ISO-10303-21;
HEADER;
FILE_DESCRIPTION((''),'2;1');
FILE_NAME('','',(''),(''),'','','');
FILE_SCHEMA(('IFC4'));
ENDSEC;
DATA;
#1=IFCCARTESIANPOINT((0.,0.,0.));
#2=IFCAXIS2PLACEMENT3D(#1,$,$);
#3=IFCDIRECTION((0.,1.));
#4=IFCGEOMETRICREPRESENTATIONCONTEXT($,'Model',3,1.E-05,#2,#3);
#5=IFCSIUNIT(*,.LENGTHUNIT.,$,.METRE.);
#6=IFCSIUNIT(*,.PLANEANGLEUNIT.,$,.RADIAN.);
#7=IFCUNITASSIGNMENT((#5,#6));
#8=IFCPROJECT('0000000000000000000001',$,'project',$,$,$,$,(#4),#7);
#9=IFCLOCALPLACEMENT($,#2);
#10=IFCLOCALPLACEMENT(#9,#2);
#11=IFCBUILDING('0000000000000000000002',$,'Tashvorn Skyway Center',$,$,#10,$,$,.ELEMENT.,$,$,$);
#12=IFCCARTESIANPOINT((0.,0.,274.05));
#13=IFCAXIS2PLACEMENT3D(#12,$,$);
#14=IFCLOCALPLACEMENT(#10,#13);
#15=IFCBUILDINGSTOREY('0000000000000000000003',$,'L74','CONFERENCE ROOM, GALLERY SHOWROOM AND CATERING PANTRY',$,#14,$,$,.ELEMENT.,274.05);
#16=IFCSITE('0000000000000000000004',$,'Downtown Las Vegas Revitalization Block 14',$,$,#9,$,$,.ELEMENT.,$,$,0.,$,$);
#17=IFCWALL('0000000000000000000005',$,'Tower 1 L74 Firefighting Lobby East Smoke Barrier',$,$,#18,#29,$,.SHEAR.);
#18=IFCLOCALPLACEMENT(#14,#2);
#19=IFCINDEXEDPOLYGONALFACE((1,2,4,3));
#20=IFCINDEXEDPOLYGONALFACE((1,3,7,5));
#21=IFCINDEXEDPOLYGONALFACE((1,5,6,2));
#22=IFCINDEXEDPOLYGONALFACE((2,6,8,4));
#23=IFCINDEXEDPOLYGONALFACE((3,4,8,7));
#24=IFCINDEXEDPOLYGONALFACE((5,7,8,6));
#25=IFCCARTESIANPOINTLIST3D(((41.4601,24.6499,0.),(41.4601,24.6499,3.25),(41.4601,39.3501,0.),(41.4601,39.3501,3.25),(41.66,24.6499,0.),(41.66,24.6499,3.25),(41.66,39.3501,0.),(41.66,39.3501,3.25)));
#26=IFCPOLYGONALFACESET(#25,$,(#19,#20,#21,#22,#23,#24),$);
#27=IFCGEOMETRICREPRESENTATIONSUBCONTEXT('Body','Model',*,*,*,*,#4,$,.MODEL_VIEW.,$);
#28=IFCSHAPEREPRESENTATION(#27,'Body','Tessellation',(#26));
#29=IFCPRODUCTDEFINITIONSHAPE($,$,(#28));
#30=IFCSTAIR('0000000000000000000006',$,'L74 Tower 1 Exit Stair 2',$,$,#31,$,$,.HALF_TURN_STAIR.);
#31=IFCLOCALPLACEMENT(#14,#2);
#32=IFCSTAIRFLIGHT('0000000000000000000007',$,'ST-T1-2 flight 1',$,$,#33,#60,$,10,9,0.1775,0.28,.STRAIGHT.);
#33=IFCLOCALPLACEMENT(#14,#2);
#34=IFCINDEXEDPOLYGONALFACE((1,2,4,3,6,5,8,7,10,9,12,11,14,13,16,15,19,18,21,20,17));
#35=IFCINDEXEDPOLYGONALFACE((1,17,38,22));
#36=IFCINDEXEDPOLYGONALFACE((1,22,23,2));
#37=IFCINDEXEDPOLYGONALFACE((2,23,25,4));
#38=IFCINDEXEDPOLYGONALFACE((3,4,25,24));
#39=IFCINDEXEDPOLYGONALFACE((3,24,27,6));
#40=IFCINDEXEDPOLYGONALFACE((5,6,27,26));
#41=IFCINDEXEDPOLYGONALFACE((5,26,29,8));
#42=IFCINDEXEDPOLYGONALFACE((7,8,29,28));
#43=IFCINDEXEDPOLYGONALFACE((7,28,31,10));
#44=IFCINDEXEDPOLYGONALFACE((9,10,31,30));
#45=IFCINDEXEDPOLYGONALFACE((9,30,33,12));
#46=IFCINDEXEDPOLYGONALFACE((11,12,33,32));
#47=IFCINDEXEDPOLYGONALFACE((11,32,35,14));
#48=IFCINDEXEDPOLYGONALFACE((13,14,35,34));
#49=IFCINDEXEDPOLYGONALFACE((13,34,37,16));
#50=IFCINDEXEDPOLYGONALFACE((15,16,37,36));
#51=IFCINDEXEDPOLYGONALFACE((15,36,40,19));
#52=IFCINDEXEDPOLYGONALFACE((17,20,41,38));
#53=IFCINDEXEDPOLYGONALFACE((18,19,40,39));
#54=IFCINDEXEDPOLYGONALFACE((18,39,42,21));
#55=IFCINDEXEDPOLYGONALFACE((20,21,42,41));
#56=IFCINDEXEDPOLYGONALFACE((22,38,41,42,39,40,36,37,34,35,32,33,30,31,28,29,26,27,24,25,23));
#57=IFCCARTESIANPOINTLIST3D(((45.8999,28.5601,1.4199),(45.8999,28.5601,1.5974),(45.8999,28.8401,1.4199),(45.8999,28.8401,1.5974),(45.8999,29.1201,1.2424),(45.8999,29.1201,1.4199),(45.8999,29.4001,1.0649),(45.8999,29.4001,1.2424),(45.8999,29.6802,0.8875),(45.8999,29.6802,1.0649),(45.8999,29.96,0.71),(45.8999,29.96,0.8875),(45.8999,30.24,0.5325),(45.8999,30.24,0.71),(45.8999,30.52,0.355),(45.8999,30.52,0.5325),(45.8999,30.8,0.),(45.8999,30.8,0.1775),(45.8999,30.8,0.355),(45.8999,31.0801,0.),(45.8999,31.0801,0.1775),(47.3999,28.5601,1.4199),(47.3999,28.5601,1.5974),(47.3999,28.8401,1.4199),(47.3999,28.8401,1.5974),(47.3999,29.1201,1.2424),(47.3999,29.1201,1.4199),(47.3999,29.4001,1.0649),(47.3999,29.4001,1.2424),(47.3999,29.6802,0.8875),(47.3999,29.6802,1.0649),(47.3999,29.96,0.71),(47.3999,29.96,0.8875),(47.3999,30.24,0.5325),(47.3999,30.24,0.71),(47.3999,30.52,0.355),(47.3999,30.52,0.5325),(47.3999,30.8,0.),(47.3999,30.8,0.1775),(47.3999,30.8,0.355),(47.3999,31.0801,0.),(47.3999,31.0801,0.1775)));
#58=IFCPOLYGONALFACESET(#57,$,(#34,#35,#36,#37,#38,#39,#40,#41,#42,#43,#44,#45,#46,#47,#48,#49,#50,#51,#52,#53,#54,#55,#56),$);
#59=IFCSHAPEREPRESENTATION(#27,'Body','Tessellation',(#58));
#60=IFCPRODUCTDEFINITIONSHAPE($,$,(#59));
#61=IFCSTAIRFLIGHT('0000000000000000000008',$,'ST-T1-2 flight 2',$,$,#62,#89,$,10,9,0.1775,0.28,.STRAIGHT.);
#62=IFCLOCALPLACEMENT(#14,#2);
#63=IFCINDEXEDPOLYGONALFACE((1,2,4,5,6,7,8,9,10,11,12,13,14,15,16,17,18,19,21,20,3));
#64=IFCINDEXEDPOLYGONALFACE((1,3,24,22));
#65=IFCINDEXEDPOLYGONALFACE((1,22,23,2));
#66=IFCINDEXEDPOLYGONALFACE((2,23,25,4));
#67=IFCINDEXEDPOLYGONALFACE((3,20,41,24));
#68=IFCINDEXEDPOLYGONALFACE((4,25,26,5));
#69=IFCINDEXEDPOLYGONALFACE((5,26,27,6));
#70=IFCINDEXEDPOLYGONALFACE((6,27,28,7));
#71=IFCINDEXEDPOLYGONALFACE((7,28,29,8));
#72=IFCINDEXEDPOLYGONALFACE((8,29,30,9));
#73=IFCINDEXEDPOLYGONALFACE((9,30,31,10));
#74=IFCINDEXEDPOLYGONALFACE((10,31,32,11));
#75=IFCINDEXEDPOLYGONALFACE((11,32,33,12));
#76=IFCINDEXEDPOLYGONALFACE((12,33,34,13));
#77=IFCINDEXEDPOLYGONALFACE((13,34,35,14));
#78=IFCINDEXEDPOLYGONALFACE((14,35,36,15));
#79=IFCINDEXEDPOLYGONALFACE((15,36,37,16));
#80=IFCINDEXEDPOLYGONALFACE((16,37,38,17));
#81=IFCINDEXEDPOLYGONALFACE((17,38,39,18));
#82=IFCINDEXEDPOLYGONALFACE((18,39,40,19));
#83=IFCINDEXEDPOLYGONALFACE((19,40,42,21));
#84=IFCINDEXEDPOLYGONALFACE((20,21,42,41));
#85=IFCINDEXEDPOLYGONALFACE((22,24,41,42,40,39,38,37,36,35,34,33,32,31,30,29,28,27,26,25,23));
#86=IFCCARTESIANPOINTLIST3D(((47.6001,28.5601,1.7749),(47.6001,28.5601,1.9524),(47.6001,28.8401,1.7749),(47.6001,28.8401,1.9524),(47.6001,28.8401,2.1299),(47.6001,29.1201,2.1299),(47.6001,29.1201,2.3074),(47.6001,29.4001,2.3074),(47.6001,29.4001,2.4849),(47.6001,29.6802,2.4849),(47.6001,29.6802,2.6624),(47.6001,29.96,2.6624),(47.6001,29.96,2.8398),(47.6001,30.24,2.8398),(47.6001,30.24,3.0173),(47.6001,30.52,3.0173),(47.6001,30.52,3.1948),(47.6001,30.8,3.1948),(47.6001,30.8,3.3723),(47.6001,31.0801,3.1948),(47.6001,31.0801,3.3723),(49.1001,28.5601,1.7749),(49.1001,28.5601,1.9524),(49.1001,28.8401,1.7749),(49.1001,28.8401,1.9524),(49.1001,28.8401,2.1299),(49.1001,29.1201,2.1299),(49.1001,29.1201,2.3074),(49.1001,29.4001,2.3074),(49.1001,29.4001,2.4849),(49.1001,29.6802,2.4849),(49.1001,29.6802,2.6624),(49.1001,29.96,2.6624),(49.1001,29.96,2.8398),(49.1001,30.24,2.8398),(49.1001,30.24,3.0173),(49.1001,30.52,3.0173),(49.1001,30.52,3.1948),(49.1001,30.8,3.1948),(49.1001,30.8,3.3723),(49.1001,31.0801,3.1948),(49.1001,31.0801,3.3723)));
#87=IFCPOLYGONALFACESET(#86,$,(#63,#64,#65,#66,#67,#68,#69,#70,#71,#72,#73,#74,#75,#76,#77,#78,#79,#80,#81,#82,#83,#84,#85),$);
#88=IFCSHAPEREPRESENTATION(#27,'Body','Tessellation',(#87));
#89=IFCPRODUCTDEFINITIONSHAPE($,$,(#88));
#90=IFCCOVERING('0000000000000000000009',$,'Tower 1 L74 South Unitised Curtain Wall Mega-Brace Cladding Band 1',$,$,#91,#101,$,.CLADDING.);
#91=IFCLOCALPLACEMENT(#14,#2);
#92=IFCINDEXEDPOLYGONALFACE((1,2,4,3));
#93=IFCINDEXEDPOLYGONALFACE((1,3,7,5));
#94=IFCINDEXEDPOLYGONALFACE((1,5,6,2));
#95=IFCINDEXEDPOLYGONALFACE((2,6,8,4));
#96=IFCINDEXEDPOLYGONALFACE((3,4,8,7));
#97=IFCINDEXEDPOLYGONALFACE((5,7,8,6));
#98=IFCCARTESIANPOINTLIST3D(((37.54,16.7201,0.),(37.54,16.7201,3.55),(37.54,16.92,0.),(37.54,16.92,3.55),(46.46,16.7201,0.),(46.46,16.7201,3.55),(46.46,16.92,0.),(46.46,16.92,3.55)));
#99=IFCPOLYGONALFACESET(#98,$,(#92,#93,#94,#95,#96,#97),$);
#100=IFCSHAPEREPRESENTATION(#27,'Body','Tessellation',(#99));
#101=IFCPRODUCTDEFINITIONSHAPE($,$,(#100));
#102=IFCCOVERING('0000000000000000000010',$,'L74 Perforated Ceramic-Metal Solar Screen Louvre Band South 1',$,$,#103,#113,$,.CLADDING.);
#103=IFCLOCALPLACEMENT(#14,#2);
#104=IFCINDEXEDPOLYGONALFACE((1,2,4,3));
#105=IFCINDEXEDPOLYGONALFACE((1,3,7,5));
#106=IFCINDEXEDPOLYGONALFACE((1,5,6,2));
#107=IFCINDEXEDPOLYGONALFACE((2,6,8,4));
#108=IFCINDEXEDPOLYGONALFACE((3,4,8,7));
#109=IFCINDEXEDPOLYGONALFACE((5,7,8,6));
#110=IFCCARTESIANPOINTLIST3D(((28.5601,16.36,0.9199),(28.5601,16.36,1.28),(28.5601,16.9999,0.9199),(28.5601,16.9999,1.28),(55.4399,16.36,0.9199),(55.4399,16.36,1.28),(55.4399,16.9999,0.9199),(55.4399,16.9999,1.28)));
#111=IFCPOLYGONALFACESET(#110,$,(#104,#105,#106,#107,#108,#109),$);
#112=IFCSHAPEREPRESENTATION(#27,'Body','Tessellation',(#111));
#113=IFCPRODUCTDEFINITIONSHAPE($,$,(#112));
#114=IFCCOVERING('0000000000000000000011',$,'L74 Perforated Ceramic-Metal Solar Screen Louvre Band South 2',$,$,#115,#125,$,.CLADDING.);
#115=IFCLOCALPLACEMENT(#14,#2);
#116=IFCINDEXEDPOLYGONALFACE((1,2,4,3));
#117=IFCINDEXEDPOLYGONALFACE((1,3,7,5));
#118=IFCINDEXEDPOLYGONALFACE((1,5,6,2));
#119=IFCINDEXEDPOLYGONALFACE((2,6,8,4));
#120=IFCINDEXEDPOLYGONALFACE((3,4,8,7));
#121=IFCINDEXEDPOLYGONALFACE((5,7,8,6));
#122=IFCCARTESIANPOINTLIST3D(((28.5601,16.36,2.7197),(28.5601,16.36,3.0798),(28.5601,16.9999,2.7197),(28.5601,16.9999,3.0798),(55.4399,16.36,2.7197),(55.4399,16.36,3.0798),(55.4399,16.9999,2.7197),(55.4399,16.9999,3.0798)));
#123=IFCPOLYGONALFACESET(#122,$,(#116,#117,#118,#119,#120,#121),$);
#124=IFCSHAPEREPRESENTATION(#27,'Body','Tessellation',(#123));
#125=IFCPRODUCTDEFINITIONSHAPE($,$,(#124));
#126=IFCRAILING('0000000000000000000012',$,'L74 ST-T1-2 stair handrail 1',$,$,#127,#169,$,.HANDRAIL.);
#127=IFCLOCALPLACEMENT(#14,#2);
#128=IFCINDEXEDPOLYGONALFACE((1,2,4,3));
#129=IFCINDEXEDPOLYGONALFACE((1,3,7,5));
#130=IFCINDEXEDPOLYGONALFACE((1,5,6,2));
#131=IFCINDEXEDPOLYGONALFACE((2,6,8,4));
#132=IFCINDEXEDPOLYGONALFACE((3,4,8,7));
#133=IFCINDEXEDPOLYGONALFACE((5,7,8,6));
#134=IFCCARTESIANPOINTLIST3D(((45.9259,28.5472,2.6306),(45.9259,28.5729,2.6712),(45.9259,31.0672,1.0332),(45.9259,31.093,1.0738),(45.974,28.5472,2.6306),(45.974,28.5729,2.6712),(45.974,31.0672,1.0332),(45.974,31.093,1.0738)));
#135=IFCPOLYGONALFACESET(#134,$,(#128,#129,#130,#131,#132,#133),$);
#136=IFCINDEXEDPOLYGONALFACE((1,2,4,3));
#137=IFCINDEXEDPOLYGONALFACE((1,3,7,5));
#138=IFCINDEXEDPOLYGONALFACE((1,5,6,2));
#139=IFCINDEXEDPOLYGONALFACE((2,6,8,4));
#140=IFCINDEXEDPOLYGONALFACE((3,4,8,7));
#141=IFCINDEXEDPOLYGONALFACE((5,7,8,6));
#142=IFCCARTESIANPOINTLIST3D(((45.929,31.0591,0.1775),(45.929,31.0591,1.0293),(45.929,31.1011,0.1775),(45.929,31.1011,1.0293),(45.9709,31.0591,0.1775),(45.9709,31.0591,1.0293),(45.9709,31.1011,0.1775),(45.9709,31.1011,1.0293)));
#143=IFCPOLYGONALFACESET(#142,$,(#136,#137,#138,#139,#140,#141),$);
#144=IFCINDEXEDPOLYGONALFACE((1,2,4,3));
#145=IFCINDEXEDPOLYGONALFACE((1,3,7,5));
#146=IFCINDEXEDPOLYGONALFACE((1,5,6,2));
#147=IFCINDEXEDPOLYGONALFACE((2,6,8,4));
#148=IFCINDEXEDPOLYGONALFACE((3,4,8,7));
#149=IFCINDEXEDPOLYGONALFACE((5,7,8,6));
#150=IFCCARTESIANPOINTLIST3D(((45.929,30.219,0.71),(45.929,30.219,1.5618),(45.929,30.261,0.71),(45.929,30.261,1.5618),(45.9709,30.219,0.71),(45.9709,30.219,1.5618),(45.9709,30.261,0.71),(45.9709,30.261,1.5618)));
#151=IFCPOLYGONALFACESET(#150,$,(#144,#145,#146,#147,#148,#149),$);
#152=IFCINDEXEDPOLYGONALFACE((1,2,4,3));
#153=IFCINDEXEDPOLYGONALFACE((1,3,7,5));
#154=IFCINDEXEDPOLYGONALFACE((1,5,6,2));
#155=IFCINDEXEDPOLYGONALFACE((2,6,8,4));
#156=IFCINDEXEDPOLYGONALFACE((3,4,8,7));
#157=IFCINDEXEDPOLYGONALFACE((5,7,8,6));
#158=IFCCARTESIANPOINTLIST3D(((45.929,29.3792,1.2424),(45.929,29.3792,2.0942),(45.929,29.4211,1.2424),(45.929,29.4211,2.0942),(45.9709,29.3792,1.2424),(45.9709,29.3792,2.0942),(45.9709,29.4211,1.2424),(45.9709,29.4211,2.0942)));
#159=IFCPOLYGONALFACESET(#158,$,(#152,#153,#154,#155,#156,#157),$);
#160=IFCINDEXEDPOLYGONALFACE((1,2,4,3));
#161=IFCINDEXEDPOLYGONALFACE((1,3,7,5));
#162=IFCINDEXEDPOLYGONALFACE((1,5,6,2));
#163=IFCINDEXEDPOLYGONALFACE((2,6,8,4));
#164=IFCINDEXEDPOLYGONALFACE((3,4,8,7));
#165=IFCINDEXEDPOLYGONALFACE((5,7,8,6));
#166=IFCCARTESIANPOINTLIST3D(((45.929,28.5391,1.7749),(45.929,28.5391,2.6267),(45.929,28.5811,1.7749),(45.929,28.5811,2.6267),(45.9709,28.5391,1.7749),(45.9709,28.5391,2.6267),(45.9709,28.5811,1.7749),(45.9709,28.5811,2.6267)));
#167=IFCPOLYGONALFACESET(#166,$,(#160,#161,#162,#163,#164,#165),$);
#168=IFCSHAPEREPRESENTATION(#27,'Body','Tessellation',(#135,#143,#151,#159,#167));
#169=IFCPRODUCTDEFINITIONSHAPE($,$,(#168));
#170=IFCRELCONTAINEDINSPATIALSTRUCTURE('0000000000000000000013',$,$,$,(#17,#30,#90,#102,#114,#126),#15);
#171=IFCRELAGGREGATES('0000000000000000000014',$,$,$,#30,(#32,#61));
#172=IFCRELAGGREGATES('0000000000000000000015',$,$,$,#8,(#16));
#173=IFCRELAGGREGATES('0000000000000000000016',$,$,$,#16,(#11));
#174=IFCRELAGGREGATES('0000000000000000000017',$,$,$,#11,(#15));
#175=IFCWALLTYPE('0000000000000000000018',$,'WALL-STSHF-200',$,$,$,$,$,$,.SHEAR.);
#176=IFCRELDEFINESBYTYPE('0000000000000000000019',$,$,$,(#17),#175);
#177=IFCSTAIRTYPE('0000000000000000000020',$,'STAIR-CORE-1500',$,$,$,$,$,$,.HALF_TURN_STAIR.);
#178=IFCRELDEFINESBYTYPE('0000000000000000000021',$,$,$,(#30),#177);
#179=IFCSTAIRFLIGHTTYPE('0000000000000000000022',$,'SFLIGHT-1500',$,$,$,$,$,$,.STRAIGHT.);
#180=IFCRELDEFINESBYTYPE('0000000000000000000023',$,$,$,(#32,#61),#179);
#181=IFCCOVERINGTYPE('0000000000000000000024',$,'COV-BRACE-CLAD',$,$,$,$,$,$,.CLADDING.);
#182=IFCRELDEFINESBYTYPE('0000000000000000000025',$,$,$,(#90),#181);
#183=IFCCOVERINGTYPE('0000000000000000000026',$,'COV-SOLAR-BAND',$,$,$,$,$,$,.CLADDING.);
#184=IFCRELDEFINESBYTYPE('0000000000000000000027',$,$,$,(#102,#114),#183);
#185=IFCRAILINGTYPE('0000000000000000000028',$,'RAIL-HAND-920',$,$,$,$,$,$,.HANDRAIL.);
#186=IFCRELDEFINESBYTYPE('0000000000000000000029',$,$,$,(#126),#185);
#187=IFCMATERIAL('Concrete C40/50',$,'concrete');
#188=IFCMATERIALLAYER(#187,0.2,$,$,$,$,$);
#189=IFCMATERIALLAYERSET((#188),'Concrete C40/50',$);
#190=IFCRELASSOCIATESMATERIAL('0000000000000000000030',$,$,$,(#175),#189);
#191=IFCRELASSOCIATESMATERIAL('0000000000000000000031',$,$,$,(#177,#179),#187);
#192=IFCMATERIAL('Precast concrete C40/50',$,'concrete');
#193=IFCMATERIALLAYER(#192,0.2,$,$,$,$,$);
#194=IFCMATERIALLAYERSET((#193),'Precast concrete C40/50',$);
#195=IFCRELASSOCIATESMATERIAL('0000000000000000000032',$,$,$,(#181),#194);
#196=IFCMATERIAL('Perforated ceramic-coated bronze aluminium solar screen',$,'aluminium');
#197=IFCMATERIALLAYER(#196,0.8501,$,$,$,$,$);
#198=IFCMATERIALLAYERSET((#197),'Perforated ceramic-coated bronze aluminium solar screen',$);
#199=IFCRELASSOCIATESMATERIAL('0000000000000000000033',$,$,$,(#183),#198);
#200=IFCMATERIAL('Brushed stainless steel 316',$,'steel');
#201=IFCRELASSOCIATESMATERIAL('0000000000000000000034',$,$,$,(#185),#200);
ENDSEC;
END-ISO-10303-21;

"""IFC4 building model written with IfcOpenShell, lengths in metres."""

from ifc_helpers import new_model, si_unit, direction, frame, frame_2d, origin, origin_2d, place, context, subcontext, project, spatial, polyline, rectangle, outline, extrude, material, layer, layer_set, type_object, element, aggregate, save


model = new_model("IFC4")

# Units and contexts
model_context = context("Model", 3, precision=1e-05, world=origin(), true_north=direction((0.0, 1.0)))
body_context = subcontext(model_context, "Body", "Model", "MODEL_VIEW")
ifc_project = project(units=[si_unit("LENGTHUNIT", "METRE"), si_unit("PLANEANGLEUNIT", "RADIAN")], contexts=[model_context])

# Site, building, storey
site_placement = place(None, origin())
site = spatial("IfcSite", under=ifc_project, at=site_placement, Name="Downtown Las Vegas Revitalization Block 14", CompositionType="ELEMENT", RefElevation=0.0)
building_placement = place(site_placement, origin())
building = spatial("IfcBuilding", under=site, at=building_placement, Name="Tashvorn Skyway Center", CompositionType="ELEMENT")
storey_placement = place(building_placement, frame((0.0, 0.0, 274.05)))
storey = spatial("IfcBuildingStorey", under=building, at=storey_placement, Name="L74", Description="CONFERENCE ROOM, GALLERY SHOWROOM AND CATERING PANTRY", CompositionType="ELEMENT", Elevation=274.05)

# Shared definitions
ifc_material_1 = material(Name="Concrete C40/50", Category="concrete")

# Wall
ifc_layer_1 = layer(ifc_material_1, 0.2)
ifc_layer_set_1 = layer_set([ifc_layer_1], Name="Concrete C40/50")
wall_type_1 = type_object("IfcWallType", Name="WALL-STSHF-200", PredefinedType="SHEAR", material=ifc_layer_set_1)
wall_1_placement = place(storey_placement, frame((41.5601, 24.6499, 0.0), z_axis=(0.0, 0.0, 1.0), x_axis=(0.0, 1.0, 0.0)))
element("IfcWall", 1, at=wall_1_placement, inside=storey, type_object=wall_type_1, Name="Tower 1 L74 Firefighting Lobby East Smoke Barrier", PredefinedType="SHEAR", context=body_context, shape_type="SweptSolid", body=[
    extrude(rectangle(XDim=14.7002, YDim=0.2, at=frame_2d((7.3501, 0.0))), origin(), (0.0, 0.0, 1.0), 3.25),
])

# Stair, stair flights
stair_type = type_object("IfcStairType", Name="STAIR-CORE-1500", PredefinedType="HALF_TURN_STAIR", material=ifc_material_1)
stair_placement = place(storey_placement, origin())
stair = element("IfcStair", 2, at=stair_placement, inside=storey, type_object=stair_type, Name="L74 Tower 1 Exit Stair 2", PredefinedType="HALF_TURN_STAIR")
stair_flight_type = type_object("IfcStairFlightType", Name="SFLIGHT-1500", PredefinedType="STRAIGHT", material=ifc_material_1)
stair_flight_1_placement = place(storey_placement, frame((46.6499, 31.0801, 0.0), z_axis=(0.0, 0.0, 1.0), x_axis=(0.0, -1.0, 0.0)))
stair_flight_1 = element("IfcStairFlight", 3, at=stair_flight_1_placement, type_object=stair_flight_type, Name="ST-T1-2 flight 1", NumberOfRisers=10, NumberOfTreads=9, PredefinedType="STRAIGHT", RiserHeight=0.1775, TreadLength=0.28, context=body_context, shape_type="SweptSolid", body=[
    extrude(outline(polyline([(0.0, 0.0), (0.0, 0.1775), (0.28, 0.1775), (0.28, 0.355), (0.5601, 0.355), (0.5601, 0.5325), (0.8401, 0.5325), (0.8401, 0.71), (1.1201, 0.71), (1.1201, 0.8875), (1.3999, 0.8875), (1.3999, 1.0649), (1.6799, 1.0649), (1.6799, 1.2424), (1.96, 1.2424), (1.96, 1.4199), (2.24, 1.4199), (2.24, 1.5974), (2.52, 1.5974), (2.52, 1.7749), (2.52, 1.4199), (0.28, 0.0), (0.0, 0.0)])), frame((0.0, 0.75, 0.0), z_axis=(0.0, -1.0, 0.0), x_axis=(1.0, 0.0, 0.0)), (0.0, 0.0, 1.0), 1.5),
])
stair_flight_2_placement = place(storey_placement, frame((48.3501, 28.5601, 1.7749), z_axis=(0.0, 0.0, 1.0), x_axis=(0.0, 1.0, 0.0)))
stair_flight_2 = element("IfcStairFlight", 4, at=stair_flight_2_placement, type_object=stair_flight_type, Name="ST-T1-2 flight 2", NumberOfRisers=10, NumberOfTreads=9, PredefinedType="STRAIGHT", RiserHeight=0.1775, TreadLength=0.28, context=body_context, shape_type="SweptSolid", body=[
    extrude(outline(polyline([(0.0, 0.0), (0.0, 0.1775), (0.28, 0.1775), (0.28, 0.355), (0.5601, 0.355), (0.5601, 0.5325), (0.8401, 0.5325), (0.8401, 0.71), (1.1201, 0.71), (1.1201, 0.8875), (1.3999, 0.8875), (1.3999, 1.0649), (1.6799, 1.0649), (1.6799, 1.2424), (1.96, 1.2424), (1.96, 1.4199), (2.24, 1.4199), (2.24, 1.5974), (2.52, 1.5974), (2.52, 1.7749), (2.52, 1.4199), (0.28, 0.0), (0.0, 0.0)])), frame((0.0, 0.75, 0.0), z_axis=(0.0, -1.0, 0.0), x_axis=(1.0, 0.0, 0.0)), (0.0, 0.0, 1.0), 1.5),
])
aggregate(stair, [stair_flight_1, stair_flight_2])

# Coverings
ifc_material_2 = material(Name="Precast concrete C40/50", Category="concrete")
ifc_layer_2 = layer(ifc_material_2, 0.2)
ifc_layer_set_2 = layer_set([ifc_layer_2], Name="Precast concrete C40/50")
covering_type_1 = type_object("IfcCoveringType", Name="COV-BRACE-CLAD", PredefinedType="CLADDING", material=ifc_layer_set_2)
covering_placement = place(storey_placement, frame((42.0, 16.8201, 0.0), z_axis=(0.0, 0.0, 1.0), x_axis=(-1.0, 0.0, 0.0)))
element("IfcCovering", 5, at=covering_placement, inside=storey, type_object=covering_type_1, Name="Tower 1 L74 South Unitised Curtain Wall Mega-Brace Cladding Band 1", PredefinedType="CLADDING", context=body_context, shape_type="SweptSolid", body=[
    extrude(rectangle(XDim=8.9199, YDim=0.2, at=origin_2d()), origin(), (0.0, 0.0, 1.0), 3.55),
])
ifc_material_3 = material(Name="Perforated ceramic-coated bronze aluminium solar screen", Category="aluminium")
ifc_layer_3 = layer(ifc_material_3, 0.8501)
ifc_layer_set_3 = layer_set([ifc_layer_3], Name="Perforated ceramic-coated bronze aluminium solar screen")
covering_type_2 = type_object("IfcCoveringType", Name="COV-SOLAR-BAND", PredefinedType="CLADDING", material=ifc_layer_set_3)
for number, where, z_axis, x_axis, name in (
    (6, (42.0, 16.6799, 0.9199), (0.0, 0.0, 1.0), (-1.0, 0.0, 0.0), "L74 Perforated Ceramic-Metal Solar Screen Louvre Band South 1"),
    (7, (42.0, 16.6799, 2.7197), (0.0, 0.0, 1.0), (-1.0, 0.0, 0.0), "L74 Perforated Ceramic-Metal Solar Screen Louvre Band South 2"),
):
    element("IfcCovering", number, at=place(storey_placement, frame(where, z_axis=z_axis, x_axis=x_axis)), inside=storey, type_object=covering_type_2, Name=name, PredefinedType="CLADDING", context=body_context, shape_type="SweptSolid", body=[
        extrude(rectangle(XDim=26.8799, YDim=0.6399, at=origin_2d()), origin(), (0.0, 0.0, 1.0), 0.3601),
    ])

# Railing
ifc_material_4 = material(Name="Brushed stainless steel 316", Category="steel")
railing_type_1 = type_object("IfcRailingType", Name="RAIL-HAND-920", PredefinedType="HANDRAIL", material=ifc_material_4)
railing_1_placement = place(storey_placement, frame((45.95, 31.0801, 0.1775)))
element("IfcRailing", 8, at=railing_1_placement, inside=storey, type_object=railing_type_1, Name="L74 ST-T1-2 stair handrail 1", PredefinedType="HANDRAIL", context=body_context, shape_type="SweptSolid", body=[
    extrude(rectangle(XDim=0.0481, YDim=0.0481, at=origin_2d()), frame((0.0, 0.0, 0.876), z_axis=(0.0, -0.844607, 0.535387), x_axis=(1.0, 0.0, 0.0)), (0.0, 0.0, 1.0), 2.9836),
    extrude(rectangle(XDim=0.042, YDim=0.042, at=origin_2d()), origin(), (0.0, 0.0, 1.0), 0.8518),
    extrude(rectangle(XDim=0.042, YDim=0.042, at=origin_2d()), frame((0.0, -0.8401, 0.5325)), (0.0, 0.0, 1.0), 0.8518),
    extrude(rectangle(XDim=0.042, YDim=0.042, at=origin_2d()), frame((0.0, -1.6799, 1.0649)), (0.0, 0.0, 1.0), 0.8518),
    extrude(rectangle(XDim=0.042, YDim=0.042, at=origin_2d()), frame((0.0, -2.52, 1.5974)), (0.0, 0.0, 1.0), 0.8518),
])

save(model, "model.ifc")
